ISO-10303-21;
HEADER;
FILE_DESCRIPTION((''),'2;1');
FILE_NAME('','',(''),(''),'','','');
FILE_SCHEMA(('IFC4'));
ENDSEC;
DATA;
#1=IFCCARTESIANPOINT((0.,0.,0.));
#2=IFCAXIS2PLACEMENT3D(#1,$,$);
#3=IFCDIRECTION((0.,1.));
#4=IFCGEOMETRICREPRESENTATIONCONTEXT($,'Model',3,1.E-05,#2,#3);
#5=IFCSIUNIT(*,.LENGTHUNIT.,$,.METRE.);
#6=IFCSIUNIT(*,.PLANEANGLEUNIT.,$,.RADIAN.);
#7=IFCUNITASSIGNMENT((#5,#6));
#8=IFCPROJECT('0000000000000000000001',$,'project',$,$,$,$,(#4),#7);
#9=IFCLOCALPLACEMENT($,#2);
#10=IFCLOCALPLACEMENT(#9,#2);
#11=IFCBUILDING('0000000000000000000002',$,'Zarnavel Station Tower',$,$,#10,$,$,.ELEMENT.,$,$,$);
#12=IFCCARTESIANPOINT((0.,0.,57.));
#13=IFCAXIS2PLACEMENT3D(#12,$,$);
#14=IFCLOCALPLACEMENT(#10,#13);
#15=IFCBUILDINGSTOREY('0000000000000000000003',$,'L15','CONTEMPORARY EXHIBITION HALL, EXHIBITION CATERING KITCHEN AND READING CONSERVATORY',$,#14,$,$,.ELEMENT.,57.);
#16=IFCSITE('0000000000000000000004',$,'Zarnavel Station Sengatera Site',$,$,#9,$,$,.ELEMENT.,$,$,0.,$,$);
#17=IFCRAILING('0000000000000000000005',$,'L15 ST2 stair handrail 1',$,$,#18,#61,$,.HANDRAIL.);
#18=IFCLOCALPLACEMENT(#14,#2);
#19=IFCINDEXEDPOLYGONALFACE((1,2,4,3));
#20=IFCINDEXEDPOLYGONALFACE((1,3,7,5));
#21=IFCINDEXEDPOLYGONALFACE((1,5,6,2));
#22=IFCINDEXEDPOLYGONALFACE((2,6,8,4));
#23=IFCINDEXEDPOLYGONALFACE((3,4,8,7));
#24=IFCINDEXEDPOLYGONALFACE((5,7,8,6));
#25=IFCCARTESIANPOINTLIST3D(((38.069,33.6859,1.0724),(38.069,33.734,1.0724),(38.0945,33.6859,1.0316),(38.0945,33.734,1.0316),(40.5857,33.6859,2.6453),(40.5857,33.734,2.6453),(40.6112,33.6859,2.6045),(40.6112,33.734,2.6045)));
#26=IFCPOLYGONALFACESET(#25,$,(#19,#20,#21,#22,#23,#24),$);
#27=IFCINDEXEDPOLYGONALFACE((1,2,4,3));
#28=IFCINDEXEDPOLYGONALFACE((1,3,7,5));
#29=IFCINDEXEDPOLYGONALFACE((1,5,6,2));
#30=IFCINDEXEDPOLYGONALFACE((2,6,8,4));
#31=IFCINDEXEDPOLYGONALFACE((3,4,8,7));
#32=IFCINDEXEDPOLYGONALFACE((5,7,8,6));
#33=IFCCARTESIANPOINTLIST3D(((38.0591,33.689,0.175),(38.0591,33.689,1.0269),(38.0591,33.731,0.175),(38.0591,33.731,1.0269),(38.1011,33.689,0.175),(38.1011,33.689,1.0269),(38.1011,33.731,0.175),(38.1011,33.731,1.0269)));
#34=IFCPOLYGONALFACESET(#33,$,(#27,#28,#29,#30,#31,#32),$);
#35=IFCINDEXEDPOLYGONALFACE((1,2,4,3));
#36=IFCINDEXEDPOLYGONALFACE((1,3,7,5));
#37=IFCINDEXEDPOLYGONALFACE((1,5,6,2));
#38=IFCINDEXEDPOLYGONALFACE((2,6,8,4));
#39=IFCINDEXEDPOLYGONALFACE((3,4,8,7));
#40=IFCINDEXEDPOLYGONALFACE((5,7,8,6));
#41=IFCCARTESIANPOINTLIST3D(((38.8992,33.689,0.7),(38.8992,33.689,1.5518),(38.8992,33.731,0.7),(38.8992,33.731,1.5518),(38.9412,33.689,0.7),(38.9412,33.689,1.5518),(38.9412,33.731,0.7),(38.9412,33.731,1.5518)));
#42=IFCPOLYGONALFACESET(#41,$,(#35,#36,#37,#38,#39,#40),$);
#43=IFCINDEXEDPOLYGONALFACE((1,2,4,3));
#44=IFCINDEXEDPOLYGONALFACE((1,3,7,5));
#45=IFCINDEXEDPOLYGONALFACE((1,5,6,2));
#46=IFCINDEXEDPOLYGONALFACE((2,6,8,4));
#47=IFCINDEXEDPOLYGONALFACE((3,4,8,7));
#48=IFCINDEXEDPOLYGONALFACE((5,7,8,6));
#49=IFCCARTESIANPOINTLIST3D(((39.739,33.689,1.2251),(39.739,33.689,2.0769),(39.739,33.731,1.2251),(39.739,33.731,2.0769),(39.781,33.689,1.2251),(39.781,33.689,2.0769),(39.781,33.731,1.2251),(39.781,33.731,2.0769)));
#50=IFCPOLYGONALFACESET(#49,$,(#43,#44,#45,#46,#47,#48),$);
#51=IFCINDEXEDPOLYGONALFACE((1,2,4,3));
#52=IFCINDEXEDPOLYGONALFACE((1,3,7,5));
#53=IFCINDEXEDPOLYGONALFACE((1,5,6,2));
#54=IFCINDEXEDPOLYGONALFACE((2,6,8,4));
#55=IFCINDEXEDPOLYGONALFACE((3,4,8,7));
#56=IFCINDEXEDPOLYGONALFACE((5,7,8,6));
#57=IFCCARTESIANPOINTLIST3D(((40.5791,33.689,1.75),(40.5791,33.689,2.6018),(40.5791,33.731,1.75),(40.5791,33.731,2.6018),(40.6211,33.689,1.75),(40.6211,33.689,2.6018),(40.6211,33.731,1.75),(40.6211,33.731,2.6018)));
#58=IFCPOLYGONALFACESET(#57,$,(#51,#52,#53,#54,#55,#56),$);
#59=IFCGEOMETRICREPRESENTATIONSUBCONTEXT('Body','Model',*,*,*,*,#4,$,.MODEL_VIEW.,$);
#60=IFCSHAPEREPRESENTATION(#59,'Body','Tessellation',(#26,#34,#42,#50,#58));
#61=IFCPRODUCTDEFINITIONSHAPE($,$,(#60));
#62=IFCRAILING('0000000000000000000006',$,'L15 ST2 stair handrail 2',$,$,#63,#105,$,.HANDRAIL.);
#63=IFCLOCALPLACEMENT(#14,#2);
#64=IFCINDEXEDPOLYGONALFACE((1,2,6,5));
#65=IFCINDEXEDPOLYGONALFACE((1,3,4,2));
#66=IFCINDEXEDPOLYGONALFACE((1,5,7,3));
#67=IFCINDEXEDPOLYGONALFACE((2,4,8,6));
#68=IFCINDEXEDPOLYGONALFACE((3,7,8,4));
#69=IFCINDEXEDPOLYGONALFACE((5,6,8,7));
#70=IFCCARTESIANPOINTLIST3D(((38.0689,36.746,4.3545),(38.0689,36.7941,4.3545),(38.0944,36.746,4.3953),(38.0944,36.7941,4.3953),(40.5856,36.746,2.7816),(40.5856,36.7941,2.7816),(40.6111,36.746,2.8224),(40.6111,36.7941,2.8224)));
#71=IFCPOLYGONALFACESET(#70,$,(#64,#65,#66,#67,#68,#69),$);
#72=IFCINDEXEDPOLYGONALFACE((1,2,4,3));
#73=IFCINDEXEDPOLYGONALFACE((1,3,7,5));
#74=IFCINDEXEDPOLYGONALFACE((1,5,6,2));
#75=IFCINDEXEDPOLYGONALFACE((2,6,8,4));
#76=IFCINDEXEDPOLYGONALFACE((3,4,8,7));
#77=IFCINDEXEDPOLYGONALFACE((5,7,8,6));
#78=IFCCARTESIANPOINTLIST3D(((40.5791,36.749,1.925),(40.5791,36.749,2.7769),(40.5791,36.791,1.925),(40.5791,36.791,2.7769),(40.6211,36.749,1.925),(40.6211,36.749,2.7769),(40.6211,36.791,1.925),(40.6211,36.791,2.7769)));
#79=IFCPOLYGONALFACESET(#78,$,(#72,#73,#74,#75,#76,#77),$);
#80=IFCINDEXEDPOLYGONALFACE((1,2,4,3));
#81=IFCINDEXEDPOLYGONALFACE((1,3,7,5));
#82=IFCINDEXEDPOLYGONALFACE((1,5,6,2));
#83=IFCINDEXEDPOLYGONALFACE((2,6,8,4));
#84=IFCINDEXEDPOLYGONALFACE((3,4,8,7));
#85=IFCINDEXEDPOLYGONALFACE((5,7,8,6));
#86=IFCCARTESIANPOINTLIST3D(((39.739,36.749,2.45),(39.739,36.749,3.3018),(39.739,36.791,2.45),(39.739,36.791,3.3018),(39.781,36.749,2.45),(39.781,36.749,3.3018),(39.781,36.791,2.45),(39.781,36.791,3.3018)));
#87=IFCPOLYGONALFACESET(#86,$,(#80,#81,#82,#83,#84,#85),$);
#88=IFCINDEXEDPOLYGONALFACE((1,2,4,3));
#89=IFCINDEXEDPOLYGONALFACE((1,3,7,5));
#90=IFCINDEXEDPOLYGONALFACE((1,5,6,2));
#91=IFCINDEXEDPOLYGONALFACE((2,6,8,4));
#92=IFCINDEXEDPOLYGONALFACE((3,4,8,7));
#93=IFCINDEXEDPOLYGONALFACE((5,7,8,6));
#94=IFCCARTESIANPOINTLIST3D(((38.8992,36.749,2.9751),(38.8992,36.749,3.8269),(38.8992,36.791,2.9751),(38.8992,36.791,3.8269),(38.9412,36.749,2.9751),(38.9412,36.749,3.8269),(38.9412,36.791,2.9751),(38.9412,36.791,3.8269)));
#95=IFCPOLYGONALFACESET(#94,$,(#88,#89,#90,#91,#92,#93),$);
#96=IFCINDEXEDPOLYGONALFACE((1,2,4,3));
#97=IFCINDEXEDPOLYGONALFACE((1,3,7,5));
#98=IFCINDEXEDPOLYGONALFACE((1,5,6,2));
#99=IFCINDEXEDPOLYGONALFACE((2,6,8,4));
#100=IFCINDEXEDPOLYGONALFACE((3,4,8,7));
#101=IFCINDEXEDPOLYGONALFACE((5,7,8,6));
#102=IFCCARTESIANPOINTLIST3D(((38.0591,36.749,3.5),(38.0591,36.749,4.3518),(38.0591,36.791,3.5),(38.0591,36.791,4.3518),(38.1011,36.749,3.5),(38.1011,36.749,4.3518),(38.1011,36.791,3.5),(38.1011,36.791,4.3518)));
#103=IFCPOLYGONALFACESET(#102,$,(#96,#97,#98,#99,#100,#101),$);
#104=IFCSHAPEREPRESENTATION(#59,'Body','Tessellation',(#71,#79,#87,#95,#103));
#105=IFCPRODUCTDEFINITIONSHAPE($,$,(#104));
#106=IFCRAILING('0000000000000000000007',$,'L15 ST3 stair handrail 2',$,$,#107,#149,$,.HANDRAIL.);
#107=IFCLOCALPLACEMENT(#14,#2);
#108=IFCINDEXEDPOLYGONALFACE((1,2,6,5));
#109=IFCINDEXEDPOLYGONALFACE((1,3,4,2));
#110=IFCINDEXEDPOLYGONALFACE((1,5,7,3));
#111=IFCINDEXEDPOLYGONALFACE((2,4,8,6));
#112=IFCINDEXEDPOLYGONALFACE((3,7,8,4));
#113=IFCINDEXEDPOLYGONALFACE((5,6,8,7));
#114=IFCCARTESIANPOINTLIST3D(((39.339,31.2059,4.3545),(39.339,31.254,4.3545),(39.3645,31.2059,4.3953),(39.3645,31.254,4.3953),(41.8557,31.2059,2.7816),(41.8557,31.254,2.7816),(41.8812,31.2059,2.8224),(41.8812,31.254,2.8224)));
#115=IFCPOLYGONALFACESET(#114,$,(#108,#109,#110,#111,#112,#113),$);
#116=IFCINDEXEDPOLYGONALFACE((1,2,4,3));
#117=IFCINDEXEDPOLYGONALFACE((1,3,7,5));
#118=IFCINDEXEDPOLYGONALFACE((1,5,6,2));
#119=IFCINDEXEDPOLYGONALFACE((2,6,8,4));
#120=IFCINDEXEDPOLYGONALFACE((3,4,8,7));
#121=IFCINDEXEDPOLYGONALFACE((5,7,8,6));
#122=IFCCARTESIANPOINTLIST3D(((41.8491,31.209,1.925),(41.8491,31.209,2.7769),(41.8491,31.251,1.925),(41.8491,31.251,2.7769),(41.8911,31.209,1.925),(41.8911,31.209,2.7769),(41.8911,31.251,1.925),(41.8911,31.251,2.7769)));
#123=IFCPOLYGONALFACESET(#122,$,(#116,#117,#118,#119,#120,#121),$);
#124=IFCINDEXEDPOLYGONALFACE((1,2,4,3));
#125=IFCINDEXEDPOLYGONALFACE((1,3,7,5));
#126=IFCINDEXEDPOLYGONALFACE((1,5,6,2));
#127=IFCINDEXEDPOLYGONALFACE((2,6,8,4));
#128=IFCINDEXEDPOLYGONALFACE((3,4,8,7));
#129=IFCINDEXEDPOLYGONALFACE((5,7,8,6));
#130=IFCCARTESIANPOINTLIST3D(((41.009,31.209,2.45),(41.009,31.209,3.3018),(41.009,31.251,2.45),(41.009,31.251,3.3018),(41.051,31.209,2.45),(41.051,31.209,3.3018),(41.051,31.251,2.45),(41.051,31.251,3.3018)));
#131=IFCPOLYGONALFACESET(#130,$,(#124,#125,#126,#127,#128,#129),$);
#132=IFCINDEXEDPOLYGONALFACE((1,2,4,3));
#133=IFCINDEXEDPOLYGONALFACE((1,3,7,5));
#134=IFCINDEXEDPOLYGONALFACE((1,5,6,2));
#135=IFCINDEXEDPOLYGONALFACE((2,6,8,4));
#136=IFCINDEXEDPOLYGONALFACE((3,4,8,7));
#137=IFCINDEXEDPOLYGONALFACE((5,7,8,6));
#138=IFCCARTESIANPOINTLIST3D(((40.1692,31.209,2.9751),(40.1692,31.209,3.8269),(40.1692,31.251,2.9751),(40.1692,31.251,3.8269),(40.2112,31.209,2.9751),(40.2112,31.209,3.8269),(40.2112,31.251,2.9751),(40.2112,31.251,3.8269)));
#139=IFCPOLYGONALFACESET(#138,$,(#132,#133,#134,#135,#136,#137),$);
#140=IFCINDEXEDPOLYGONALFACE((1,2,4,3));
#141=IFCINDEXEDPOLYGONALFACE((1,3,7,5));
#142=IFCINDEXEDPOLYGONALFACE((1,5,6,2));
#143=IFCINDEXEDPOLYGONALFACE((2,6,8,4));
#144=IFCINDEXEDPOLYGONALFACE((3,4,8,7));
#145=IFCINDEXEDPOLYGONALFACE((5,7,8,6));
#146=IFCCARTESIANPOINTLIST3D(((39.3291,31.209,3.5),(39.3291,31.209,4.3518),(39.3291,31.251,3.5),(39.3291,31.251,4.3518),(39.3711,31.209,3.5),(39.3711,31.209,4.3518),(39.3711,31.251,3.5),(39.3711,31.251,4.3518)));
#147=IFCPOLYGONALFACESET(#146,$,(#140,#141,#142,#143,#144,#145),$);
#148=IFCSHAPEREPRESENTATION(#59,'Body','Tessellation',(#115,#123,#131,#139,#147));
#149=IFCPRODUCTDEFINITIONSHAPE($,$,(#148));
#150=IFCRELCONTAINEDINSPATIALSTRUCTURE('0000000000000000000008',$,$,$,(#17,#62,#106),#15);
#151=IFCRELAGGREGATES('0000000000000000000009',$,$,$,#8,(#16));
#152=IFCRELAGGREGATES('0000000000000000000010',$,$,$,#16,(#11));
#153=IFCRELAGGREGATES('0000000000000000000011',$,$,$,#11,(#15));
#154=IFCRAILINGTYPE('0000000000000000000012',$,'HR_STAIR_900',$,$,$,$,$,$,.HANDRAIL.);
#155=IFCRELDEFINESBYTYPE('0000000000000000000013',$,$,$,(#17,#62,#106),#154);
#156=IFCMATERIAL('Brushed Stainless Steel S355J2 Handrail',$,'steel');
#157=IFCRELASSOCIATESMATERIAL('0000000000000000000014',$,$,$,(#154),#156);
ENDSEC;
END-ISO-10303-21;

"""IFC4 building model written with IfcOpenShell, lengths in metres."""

from ifc_helpers import new_model, si_unit, direction, frame, origin, origin_2d, place, context, subcontext, project, spatial, rectangle, extrude, material, type_object, element, save


model = new_model("IFC4")

# Units and contexts
model_context = context("Model", 3, precision=1e-05, world=origin(), true_north=direction((0.0, 1.0)))
body_context = subcontext(model_context, "Body", "Model", "MODEL_VIEW")
ifc_project = project(units=[si_unit("LENGTHUNIT", "METRE"), si_unit("PLANEANGLEUNIT", "RADIAN")], contexts=[model_context])

# Site, building, storey
site_placement = place(None, origin())
site = spatial("IfcSite", under=ifc_project, at=site_placement, Name="Zarnavel Station Sengatera Site", CompositionType="ELEMENT", RefElevation=0.0)
building_placement = place(site_placement, origin())
building = spatial("IfcBuilding", under=site, at=building_placement, Name="Zarnavel Station Tower", CompositionType="ELEMENT")
storey_placement = place(building_placement, frame((0.0, 0.0, 57.0)))
storey = spatial("IfcBuildingStorey", under=building, at=storey_placement, Name="L15", Description="CONTEMPORARY EXHIBITION HALL, EXHIBITION CATERING KITCHEN AND READING CONSERVATORY", CompositionType="ELEMENT", Elevation=57.0)

# Railings
ifc_material_1 = material(Name="Brushed Stainless Steel S355J2 Handrail", Category="steel")
railing_type_1 = type_object("IfcRailingType", Name="HR_STAIR_900", PredefinedType="HANDRAIL", material=ifc_material_1)
railing_1_placement = place(storey_placement, frame((38.0801, 33.71, 0.175)))
element("IfcRailing", 1, at=railing_1_placement, inside=storey, type_object=railing_type_1, Name="L15 ST2 stair handrail 1", PredefinedType="HANDRAIL", context=body_context, shape_type="SweptSolid", body=[
    extrude(rectangle(XDim=0.0481, YDim=0.0481, at=origin_2d()), frame((0.0017, 0.0, 0.877), z_axis=(0.848008, 0.0, 0.529984), x_axis=(0.0, 1.0, 0.0)), (0.0, 0.0, 1.0), 2.9678),
    extrude(rectangle(XDim=0.042, YDim=0.042, at=origin_2d()), origin(), (0.0, 0.0, 1.0), 0.8518),
    extrude(rectangle(XDim=0.042, YDim=0.042, at=origin_2d()), frame((0.8401, 0.0, 0.5249)), (0.0, 0.0, 1.0), 0.8518),
    extrude(rectangle(XDim=0.042, YDim=0.042, at=origin_2d()), frame((1.6799, 0.0, 1.05)), (0.0, 0.0, 1.0), 0.8518),
    extrude(rectangle(XDim=0.042, YDim=0.042, at=origin_2d()), frame((2.52, 0.0, 1.575)), (0.0, 0.0, 1.0), 0.8518),
])
for number, where, name in (
    (2, (40.6001, 36.77, 1.925), "L15 ST2 stair handrail 2"),
    (3, (41.8701, 31.23, 1.925), "L15 ST3 stair handrail 2"),
):
    element("IfcRailing", number, at=place(storey_placement, frame(where)), inside=storey, type_object=railing_type_1, Name=name, PredefinedType="HANDRAIL", context=body_context, shape_type="SweptSolid", body=[
        extrude(rectangle(XDim=0.0481, YDim=0.0481, at=origin_2d()), frame((-0.0017, 0.0, 0.877), z_axis=(-0.848008, 0.0, 0.529984), x_axis=(0.0, -1.0, 0.0)), (0.0, 0.0, 1.0), 2.9678),
        extrude(rectangle(XDim=0.042, YDim=0.042, at=origin_2d()), origin(), (0.0, 0.0, 1.0), 0.8518),
        extrude(rectangle(XDim=0.042, YDim=0.042, at=origin_2d()), frame((-0.8401, 0.0, 0.5249)), (0.0, 0.0, 1.0), 0.8518),
        extrude(rectangle(XDim=0.042, YDim=0.042, at=origin_2d()), frame((-1.6799, 0.0, 1.05)), (0.0, 0.0, 1.0), 0.8518),
        extrude(rectangle(XDim=0.042, YDim=0.042, at=origin_2d()), frame((-2.52, 0.0, 1.575)), (0.0, 0.0, 1.0), 0.8518),
    ])

save(model, "model.ifc")
